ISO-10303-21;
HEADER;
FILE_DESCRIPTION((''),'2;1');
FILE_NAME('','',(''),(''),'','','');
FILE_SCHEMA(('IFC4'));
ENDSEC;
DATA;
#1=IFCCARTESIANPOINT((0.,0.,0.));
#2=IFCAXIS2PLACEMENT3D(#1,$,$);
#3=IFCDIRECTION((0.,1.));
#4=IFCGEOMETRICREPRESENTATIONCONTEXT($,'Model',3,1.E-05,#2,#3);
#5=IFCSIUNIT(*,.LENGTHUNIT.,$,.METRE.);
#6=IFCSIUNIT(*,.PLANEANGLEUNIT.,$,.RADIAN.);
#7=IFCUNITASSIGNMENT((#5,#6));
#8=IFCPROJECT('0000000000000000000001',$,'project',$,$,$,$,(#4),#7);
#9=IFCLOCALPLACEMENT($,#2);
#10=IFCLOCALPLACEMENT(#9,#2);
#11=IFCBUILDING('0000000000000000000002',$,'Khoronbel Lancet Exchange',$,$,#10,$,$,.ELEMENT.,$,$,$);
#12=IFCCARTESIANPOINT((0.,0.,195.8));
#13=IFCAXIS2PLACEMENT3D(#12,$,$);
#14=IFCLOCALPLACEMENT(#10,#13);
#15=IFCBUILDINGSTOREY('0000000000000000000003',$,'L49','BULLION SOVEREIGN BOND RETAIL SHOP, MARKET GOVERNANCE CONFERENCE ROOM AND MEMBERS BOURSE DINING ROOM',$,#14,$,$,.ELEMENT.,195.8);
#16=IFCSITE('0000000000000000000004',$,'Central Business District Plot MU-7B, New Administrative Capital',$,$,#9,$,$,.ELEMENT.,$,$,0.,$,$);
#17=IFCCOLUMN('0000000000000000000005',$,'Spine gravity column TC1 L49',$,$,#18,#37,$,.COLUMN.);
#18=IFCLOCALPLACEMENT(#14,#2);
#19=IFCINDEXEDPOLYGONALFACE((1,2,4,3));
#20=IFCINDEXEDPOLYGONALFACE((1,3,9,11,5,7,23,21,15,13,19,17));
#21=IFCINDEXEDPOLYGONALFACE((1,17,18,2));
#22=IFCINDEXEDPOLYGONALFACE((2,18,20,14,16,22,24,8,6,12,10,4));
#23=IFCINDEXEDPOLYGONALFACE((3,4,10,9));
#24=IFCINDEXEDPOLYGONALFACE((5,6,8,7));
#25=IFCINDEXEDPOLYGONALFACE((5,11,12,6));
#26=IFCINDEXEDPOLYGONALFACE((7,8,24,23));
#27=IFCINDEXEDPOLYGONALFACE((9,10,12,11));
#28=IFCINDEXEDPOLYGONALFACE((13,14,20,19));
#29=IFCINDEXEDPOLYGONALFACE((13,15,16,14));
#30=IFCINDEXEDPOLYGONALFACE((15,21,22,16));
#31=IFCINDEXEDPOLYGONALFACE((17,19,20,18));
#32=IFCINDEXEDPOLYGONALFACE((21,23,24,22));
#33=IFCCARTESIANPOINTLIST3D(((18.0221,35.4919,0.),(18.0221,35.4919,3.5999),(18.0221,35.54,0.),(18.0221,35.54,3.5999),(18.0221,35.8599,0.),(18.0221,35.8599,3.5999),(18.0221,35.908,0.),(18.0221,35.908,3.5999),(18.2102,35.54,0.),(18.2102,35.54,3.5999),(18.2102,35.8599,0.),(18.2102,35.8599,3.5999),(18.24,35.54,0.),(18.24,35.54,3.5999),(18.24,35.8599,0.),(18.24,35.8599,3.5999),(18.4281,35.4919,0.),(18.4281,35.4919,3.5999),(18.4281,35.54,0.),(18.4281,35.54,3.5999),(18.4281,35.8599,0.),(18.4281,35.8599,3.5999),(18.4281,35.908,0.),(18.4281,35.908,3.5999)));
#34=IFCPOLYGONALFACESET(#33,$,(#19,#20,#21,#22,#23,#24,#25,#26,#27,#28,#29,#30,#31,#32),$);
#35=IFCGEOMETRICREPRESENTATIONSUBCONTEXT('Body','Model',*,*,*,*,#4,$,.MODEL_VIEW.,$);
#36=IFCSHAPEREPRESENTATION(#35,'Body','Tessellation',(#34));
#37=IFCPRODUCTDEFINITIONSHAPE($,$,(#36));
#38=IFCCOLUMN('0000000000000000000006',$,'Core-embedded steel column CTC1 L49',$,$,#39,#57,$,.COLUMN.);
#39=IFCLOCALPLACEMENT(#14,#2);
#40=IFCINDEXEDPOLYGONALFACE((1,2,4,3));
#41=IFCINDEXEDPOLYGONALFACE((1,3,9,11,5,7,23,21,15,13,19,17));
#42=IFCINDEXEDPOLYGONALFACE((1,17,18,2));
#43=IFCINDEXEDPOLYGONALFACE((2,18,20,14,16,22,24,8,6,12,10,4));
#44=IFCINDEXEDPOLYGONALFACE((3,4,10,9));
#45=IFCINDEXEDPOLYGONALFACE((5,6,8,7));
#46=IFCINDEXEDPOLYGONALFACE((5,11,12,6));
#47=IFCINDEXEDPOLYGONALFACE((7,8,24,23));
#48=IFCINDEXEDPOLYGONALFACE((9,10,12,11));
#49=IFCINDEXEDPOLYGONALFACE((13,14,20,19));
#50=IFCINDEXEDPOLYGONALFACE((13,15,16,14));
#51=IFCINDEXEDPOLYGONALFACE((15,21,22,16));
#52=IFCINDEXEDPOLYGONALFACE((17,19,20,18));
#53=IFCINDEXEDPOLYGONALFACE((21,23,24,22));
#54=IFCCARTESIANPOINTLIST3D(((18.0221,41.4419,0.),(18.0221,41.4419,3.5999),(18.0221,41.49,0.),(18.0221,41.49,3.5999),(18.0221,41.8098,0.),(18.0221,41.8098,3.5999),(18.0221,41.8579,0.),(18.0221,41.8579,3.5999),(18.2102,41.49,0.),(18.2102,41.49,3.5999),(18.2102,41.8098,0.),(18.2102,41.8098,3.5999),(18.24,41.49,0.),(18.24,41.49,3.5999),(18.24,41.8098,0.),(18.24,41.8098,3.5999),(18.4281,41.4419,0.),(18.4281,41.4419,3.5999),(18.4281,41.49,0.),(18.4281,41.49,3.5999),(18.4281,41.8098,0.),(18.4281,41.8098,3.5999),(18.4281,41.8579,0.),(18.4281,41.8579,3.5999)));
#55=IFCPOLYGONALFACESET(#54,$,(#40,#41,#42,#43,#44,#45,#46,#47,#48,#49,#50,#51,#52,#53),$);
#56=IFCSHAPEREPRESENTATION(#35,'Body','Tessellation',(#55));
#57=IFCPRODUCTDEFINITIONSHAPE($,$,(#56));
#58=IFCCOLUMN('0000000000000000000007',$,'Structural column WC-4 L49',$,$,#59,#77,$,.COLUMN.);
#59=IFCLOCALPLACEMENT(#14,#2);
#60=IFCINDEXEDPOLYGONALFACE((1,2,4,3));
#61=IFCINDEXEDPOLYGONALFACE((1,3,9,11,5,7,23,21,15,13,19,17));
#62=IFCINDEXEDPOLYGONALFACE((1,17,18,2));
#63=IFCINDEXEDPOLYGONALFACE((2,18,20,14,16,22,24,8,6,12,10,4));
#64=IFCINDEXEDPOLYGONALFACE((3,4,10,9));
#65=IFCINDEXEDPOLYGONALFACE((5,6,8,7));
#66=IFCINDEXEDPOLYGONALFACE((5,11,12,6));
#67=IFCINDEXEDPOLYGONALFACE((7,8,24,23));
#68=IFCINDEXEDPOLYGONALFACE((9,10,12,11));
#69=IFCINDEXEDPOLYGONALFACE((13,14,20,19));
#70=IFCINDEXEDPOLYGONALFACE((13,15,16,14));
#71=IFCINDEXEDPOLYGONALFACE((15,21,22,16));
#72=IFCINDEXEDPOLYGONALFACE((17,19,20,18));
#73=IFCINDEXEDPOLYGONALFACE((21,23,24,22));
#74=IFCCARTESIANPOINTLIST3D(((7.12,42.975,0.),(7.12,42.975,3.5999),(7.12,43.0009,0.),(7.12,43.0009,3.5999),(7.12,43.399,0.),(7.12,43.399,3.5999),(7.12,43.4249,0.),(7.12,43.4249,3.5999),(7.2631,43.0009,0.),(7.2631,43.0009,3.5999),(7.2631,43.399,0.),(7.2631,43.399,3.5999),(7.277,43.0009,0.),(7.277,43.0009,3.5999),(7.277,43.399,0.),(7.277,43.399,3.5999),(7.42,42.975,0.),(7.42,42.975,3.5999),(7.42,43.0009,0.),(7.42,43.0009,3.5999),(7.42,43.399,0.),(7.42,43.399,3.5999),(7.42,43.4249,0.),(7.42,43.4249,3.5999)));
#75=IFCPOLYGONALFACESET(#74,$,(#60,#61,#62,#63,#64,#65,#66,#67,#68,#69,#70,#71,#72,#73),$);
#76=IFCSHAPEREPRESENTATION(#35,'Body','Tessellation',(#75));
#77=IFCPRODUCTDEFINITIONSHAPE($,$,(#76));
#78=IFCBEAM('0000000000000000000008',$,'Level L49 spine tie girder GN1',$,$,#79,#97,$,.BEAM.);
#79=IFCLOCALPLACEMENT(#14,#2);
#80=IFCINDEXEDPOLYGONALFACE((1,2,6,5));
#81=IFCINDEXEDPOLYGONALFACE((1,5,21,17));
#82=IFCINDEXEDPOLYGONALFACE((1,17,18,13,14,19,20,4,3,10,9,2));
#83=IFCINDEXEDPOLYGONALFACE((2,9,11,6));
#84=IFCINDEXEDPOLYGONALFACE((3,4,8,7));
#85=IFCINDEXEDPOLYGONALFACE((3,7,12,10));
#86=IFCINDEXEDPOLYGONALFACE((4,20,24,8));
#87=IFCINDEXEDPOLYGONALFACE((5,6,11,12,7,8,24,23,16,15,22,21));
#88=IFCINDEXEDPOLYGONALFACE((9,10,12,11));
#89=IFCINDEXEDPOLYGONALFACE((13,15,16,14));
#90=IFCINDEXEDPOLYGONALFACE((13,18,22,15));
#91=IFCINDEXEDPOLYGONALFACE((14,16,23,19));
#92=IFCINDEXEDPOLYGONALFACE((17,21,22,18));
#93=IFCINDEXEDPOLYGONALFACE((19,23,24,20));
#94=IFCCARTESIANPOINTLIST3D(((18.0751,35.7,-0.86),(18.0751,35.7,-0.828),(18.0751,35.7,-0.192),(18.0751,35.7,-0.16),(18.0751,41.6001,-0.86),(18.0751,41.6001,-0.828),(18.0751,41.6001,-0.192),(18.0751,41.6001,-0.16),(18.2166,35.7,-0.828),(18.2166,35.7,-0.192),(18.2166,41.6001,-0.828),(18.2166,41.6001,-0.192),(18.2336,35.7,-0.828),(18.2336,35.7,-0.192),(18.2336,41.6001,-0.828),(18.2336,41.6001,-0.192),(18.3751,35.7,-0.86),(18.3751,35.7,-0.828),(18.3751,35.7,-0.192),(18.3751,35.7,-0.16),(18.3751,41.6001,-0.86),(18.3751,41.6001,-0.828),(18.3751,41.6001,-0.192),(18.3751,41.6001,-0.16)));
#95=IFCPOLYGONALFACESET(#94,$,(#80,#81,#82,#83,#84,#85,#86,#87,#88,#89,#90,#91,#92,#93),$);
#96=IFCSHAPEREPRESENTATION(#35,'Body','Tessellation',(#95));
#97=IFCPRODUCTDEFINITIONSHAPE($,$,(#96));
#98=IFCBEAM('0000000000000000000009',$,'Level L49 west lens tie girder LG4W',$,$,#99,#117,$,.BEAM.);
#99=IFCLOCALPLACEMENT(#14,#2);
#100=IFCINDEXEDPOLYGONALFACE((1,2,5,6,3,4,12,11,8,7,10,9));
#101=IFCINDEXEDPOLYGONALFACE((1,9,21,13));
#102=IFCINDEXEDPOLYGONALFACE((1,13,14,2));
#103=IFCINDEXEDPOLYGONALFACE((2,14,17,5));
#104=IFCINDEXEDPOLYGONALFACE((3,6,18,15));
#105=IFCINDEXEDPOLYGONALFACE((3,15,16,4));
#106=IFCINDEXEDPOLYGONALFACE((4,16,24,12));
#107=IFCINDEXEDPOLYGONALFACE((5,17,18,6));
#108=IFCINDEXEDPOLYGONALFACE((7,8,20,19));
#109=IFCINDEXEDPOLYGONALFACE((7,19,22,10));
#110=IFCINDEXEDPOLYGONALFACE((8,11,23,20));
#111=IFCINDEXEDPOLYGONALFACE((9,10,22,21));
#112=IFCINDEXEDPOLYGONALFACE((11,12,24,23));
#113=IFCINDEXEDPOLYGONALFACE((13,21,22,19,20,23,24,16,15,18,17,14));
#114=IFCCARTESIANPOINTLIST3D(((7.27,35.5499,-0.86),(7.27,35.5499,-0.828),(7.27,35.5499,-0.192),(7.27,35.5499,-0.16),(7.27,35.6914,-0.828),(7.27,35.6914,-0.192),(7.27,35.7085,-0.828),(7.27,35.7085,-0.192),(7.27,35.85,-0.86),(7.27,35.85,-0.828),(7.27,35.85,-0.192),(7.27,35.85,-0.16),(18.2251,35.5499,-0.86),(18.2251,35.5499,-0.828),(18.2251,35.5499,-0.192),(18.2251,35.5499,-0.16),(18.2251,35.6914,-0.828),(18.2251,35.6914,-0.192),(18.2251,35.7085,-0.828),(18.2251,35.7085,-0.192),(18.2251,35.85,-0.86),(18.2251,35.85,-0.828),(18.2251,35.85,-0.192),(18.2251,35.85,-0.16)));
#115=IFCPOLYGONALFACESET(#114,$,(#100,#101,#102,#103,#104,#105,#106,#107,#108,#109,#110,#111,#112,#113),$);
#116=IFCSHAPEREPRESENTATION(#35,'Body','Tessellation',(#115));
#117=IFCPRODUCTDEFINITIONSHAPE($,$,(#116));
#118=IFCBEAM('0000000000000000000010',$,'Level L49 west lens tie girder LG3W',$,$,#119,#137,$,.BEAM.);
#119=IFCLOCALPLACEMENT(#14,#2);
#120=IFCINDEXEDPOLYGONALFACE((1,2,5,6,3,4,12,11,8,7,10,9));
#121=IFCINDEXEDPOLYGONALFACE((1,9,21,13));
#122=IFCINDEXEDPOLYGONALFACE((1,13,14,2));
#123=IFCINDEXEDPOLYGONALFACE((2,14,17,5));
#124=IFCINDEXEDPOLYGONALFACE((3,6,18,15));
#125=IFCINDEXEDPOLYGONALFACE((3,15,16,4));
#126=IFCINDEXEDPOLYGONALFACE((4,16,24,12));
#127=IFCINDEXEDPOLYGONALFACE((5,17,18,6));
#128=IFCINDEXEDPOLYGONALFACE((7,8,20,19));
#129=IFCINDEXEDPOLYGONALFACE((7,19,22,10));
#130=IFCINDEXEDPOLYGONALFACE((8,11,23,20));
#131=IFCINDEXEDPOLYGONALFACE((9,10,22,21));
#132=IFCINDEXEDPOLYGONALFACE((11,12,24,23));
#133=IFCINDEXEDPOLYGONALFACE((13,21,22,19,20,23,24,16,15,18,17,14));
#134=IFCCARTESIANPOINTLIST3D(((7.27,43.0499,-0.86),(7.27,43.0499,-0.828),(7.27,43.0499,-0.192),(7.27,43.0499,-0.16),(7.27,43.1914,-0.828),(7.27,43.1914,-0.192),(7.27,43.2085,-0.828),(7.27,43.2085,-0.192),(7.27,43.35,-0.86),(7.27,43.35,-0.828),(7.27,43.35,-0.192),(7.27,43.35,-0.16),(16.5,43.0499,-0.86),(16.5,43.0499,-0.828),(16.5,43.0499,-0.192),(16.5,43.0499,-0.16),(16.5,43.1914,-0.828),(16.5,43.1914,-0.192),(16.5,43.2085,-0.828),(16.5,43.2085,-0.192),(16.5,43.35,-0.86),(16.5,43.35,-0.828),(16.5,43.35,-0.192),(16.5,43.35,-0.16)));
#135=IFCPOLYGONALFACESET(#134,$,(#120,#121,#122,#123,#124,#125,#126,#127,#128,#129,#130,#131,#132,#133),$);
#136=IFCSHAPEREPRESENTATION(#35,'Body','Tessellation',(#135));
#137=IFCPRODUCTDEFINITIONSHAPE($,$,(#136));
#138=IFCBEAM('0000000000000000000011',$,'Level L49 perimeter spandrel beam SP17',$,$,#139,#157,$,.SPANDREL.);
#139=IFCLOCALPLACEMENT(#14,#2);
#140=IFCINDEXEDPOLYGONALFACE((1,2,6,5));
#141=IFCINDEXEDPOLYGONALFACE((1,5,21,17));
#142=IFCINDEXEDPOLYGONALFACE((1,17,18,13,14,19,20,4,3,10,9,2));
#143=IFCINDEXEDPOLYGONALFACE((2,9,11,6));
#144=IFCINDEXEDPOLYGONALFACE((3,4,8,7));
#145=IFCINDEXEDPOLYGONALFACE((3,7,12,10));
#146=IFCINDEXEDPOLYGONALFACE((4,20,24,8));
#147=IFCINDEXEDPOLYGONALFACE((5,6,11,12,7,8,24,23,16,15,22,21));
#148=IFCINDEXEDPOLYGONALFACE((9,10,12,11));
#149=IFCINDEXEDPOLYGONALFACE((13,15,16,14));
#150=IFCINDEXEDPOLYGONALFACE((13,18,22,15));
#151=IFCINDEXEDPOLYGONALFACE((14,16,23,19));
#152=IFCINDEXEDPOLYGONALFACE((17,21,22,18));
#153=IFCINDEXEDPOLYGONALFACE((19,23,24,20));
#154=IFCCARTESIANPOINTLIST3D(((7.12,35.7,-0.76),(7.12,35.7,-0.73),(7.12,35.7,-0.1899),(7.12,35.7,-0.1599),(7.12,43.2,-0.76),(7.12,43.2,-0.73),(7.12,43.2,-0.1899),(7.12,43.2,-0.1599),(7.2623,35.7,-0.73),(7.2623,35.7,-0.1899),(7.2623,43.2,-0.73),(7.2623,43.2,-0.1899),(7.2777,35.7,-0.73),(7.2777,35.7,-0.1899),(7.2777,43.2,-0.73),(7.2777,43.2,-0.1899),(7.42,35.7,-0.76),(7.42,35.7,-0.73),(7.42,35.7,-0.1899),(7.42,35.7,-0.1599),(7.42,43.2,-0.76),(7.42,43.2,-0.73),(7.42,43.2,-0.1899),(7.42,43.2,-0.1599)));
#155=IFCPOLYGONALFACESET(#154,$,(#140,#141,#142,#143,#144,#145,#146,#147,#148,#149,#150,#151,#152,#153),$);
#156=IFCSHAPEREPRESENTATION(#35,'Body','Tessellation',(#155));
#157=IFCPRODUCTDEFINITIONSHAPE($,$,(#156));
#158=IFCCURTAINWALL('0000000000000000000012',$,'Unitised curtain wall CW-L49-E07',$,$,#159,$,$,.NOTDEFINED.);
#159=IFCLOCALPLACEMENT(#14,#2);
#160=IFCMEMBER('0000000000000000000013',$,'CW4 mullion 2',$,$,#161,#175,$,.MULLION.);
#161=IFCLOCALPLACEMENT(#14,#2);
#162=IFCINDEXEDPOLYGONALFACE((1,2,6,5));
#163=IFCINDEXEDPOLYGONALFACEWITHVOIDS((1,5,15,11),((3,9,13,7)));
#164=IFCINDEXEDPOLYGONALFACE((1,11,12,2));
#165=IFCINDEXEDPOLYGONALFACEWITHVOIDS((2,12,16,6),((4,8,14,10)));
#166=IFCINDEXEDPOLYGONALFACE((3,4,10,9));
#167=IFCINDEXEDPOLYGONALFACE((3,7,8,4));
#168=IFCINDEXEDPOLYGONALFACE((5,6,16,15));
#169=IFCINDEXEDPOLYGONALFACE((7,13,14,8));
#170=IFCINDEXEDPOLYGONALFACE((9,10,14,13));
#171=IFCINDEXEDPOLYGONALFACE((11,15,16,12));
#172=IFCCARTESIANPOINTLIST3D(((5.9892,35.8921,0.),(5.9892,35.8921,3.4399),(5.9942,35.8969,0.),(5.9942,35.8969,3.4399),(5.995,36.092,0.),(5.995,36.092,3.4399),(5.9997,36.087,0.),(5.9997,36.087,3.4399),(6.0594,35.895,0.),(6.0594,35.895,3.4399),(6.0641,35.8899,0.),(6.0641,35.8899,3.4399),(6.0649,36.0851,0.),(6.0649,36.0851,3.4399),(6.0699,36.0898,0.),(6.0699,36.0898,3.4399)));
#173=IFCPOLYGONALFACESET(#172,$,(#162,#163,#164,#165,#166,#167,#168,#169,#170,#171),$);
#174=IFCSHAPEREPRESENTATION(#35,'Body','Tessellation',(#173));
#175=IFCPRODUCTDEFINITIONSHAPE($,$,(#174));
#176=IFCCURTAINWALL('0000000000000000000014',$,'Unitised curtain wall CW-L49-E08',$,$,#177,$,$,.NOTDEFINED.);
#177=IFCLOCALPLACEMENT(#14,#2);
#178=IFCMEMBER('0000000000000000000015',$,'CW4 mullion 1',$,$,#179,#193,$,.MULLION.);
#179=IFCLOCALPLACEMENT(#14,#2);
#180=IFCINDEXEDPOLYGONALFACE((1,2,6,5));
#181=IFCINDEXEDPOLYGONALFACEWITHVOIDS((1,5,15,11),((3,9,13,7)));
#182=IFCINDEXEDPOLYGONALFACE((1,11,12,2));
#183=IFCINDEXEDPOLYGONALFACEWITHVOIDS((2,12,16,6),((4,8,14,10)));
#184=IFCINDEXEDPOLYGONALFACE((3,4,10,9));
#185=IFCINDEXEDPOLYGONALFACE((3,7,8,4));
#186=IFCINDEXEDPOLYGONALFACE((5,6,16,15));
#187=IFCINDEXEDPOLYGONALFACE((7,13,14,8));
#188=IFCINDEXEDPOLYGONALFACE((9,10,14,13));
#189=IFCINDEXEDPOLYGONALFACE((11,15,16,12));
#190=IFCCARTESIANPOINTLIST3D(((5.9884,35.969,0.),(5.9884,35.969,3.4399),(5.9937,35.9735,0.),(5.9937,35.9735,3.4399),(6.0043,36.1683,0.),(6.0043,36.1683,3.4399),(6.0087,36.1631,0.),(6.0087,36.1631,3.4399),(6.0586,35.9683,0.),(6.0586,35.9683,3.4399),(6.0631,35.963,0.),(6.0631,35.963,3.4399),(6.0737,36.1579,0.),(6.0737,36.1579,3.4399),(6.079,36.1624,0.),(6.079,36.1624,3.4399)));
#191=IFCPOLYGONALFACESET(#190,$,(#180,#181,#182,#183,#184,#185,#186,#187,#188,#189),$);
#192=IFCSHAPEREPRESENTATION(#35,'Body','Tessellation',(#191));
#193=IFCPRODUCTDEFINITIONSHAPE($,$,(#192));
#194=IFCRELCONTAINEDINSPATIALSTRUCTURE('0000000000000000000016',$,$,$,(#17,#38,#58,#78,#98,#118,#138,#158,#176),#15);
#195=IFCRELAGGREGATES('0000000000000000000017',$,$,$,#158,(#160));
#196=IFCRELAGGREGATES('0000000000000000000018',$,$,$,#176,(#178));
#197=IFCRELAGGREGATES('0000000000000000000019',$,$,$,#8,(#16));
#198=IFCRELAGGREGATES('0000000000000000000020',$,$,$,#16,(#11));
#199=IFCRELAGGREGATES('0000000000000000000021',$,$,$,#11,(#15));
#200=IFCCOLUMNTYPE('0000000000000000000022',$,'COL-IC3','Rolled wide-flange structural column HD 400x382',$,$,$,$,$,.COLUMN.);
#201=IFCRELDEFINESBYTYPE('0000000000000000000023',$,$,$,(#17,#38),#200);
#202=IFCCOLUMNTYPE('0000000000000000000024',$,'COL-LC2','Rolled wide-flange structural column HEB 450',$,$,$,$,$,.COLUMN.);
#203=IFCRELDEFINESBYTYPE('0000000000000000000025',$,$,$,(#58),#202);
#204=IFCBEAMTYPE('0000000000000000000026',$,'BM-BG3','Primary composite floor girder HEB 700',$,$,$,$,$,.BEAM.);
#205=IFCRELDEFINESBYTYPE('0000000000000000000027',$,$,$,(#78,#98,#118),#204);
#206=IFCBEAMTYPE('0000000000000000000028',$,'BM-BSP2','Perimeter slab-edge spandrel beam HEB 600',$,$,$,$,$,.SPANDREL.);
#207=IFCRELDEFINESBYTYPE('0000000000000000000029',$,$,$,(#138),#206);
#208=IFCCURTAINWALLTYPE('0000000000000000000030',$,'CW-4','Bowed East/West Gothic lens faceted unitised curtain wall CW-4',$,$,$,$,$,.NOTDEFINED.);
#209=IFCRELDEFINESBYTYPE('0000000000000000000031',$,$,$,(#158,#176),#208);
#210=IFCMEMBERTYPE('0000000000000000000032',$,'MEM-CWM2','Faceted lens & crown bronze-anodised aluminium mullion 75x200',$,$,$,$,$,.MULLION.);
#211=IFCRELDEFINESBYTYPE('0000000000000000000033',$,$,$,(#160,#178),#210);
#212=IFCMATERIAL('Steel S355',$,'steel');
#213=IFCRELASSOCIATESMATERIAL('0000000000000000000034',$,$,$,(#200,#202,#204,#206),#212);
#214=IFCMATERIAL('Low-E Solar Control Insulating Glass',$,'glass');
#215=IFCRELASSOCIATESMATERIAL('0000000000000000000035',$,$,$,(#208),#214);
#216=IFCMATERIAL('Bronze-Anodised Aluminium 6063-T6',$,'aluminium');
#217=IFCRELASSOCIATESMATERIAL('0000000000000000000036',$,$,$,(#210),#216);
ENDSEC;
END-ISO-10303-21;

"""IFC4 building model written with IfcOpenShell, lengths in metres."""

from ifc_helpers import new_model, si_unit, direction, frame, origin, origin_2d, place, context, subcontext, project, spatial, hollow_rectangle, i_section, extrude, material, material_profile, profile_set, type_object, element, aggregate, save


model = new_model("IFC4")

# Units and contexts
model_context = context("Model", 3, precision=1e-05, world=origin(), true_north=direction((0.0, 1.0)))
body_context = subcontext(model_context, "Body", "Model", "MODEL_VIEW")
ifc_project = project(units=[si_unit("LENGTHUNIT", "METRE"), si_unit("PLANEANGLEUNIT", "RADIAN")], contexts=[model_context])

# Site, building, storey
site_placement = place(None, origin())
site = spatial("IfcSite", under=ifc_project, at=site_placement, Name="Central Business District Plot MU-7B, New Administrative Capital", CompositionType="ELEMENT", RefElevation=0.0)
building_placement = place(site_placement, origin())
building = spatial("IfcBuilding", under=site, at=building_placement, Name="Khoronbel Lancet Exchange", CompositionType="ELEMENT")
storey_placement = place(building_placement, frame((0.0, 0.0, 195.8)))
storey = spatial("IfcBuildingStorey", under=building, at=storey_placement, Name="L49", Description="BULLION SOVEREIGN BOND RETAIL SHOP, MARKET GOVERNANCE CONFERENCE ROOM AND MEMBERS BOURSE DINING ROOM", CompositionType="ELEMENT", Elevation=195.8)

# Columns
ifc_material_1 = material(Name="Steel S355", Category="steel")
ifc_material_profile_1 = material_profile(ifc_material_1, i_section(OverallWidth=0.406, OverallDepth=0.416, WebThickness=0.0298, FlangeThickness=0.0481, at=origin_2d()), Name="HD 400x382")
ifc_profile_set_1 = profile_set([ifc_material_profile_1], Name="Steel S355")
column_type_1 = type_object("IfcColumnType", Name="COL-IC3", Description="Rolled wide-flange structural column HD 400x382", PredefinedType="COLUMN", material=ifc_profile_set_1)
for number, where, z_axis, x_axis, name in (
    (1, (18.2251, 35.7, 0.0), (0.0, 0.0, 1.0), (1.0, 0.0, 0.0), "Spine gravity column TC1 L49"),
    (2, (18.2251, 41.6499, 0.0), (0.0, 0.0, 1.0), (1.0, 0.0, 0.0), "Core-embedded steel column CTC1 L49"),
):
    element("IfcColumn", number, at=place(storey_placement, frame(where, z_axis=z_axis, x_axis=x_axis)), inside=storey, type_object=column_type_1, Name=name, PredefinedType="COLUMN", context=body_context, shape_type="SweptSolid", body=[
        extrude(i_section(OverallWidth=0.406, OverallDepth=0.416, WebThickness=0.0298, FlangeThickness=0.0481, at=origin_2d()), origin(), (0.0, 0.0, 1.0), 3.5999),
    ])
ifc_material_profile_2 = material_profile(ifc_material_1, i_section(OverallWidth=0.3, OverallDepth=0.45, WebThickness=0.0139, FlangeThickness=0.0259, at=origin_2d()), Name="HEB 450")
ifc_profile_set_2 = profile_set([ifc_material_profile_2], Name="Steel S355")
column_type_2 = type_object("IfcColumnType", Name="COL-LC2", Description="Rolled wide-flange structural column HEB 450", PredefinedType="COLUMN", material=ifc_profile_set_2)
column_placement = place(storey_placement, frame((7.27, 43.2, 0.0), z_axis=(0.0, 0.0, 1.0), x_axis=(1.0, 0.0, 0.0)))
element("IfcColumn", 3, at=column_placement, inside=storey, type_object=column_type_2, Name="Structural column WC-4 L49", PredefinedType="COLUMN", context=body_context, shape_type="SweptSolid", body=[
    extrude(i_section(OverallWidth=0.3, OverallDepth=0.45, WebThickness=0.0139, FlangeThickness=0.0259, at=origin_2d()), origin(), (0.0, 0.0, 1.0), 3.5999),
])

# Beams
ifc_material_profile_3 = material_profile(ifc_material_1, i_section(OverallWidth=0.3, OverallDepth=0.7, WebThickness=0.0171, FlangeThickness=0.032, at=origin_2d()), Name="HEB 700")
ifc_profile_set_3 = profile_set([ifc_material_profile_3], Name="Steel S355")
beam_type_1 = type_object("IfcBeamType", Name="BM-BG3", Description="Primary composite floor girder HEB 700", PredefinedType="BEAM", material=ifc_profile_set_3)
beam_1_placement = place(storey_placement, frame((18.2251, 35.7, -0.51), z_axis=(0.0, 1.0, 0.0), x_axis=(-1.0, 0.0, 0.0)))
element("IfcBeam", 4, at=beam_1_placement, inside=storey, type_object=beam_type_1, Name="Level L49 spine tie girder GN1", PredefinedType="BEAM", context=body_context, shape_type="SweptSolid", body=[
    extrude(i_section(OverallWidth=0.3, OverallDepth=0.7, WebThickness=0.0171, FlangeThickness=0.032, at=origin_2d()), origin(), (0.0, 0.0, 1.0), 5.9001),
])
beam_2_placement = place(storey_placement, frame((7.27, 35.7, -0.51), z_axis=(1.0, 0.0, 0.0), x_axis=(0.0, 1.0, 0.0)))
element("IfcBeam", 5, at=beam_2_placement, inside=storey, type_object=beam_type_1, Name="Level L49 west lens tie girder LG4W", PredefinedType="BEAM", context=body_context, shape_type="SweptSolid", body=[
    extrude(i_section(OverallWidth=0.3, OverallDepth=0.7, WebThickness=0.0171, FlangeThickness=0.032, at=origin_2d()), origin(), (0.0, 0.0, 1.0), 10.9551),
])
beam_3_placement = place(storey_placement, frame((7.27, 43.2, -0.51), z_axis=(1.0, 0.0, 0.0), x_axis=(0.0, 1.0, 0.0)))
element("IfcBeam", 6, at=beam_3_placement, inside=storey, type_object=beam_type_1, Name="Level L49 west lens tie girder LG3W", PredefinedType="BEAM", context=body_context, shape_type="SweptSolid", body=[
    extrude(i_section(OverallWidth=0.3, OverallDepth=0.7, WebThickness=0.0171, FlangeThickness=0.032, at=origin_2d()), origin(), (0.0, 0.0, 1.0), 9.23),
])
ifc_material_profile_4 = material_profile(ifc_material_1, i_section(OverallWidth=0.3, OverallDepth=0.6001, WebThickness=0.0154, FlangeThickness=0.03, at=origin_2d()), Name="HEB 600")
ifc_profile_set_4 = profile_set([ifc_material_profile_4], Name="Steel S355")
beam_type_2 = type_object("IfcBeamType", Name="BM-BSP2", Description="Perimeter slab-edge spandrel beam HEB 600", PredefinedType="SPANDREL", material=ifc_profile_set_4)
beam_4_placement = place(storey_placement, frame((7.27, 43.2, -0.46), z_axis=(0.0, -1.0, 0.0), x_axis=(1.0, 0.0, 0.0)))
element("IfcBeam", 7, at=beam_4_placement, inside=storey, type_object=beam_type_2, Name="Level L49 perimeter spandrel beam SP17", PredefinedType="SPANDREL", context=body_context, shape_type="SweptSolid", body=[
    extrude(i_section(OverallWidth=0.3, OverallDepth=0.6001, WebThickness=0.0154, FlangeThickness=0.03, at=origin_2d()), origin(), (0.0, 0.0, 1.0), 7.5),
])

# Curtain wall, member
ifc_material_2 = material(Name="Low-E Solar Control Insulating Glass", Category="glass")
curtain_wall_type = type_object("IfcCurtainWallType", Name="CW-4", Description="Bowed East/West Gothic lens faceted unitised curtain wall CW-4", PredefinedType="NOTDEFINED", material=ifc_material_2)
curtain_wall_1_placement = place(storey_placement, origin())
curtain_wall_1 = element("IfcCurtainWall", 8, at=curtain_wall_1_placement, inside=storey, type_object=curtain_wall_type, Name="Unitised curtain wall CW-L49-E07", PredefinedType="NOTDEFINED")
ifc_material_3 = material(Name="Bronze-Anodised Aluminium 6063-T6", Category="aluminium")
ifc_material_profile_5 = material_profile(ifc_material_3, hollow_rectangle(XDim=0.075, YDim=0.2, WallThickness=0.0049, at=origin_2d()), Name="ALU MULLION 75x200")
ifc_profile_set_5 = profile_set([ifc_material_profile_5], Name="Bronze-Anodised Aluminium 6063-T6")
member_type_1 = type_object("IfcMemberType", Name="MEM-CWM2", Description="Faceted lens & crown bronze-anodised aluminium mullion 75x200", PredefinedType="MULLION", material=ifc_profile_set_5)
member_1_placement = place(storey_placement, frame((6.0295, 35.991, 0.0), z_axis=(0.0, 0.0, 1.0), x_axis=(-0.999576, 0.029107, 0.0)))
member_1 = element("IfcMember", 9, at=member_1_placement, type_object=member_type_1, Name="CW4 mullion 2", PredefinedType="MULLION", context=body_context, shape_type="SweptSolid", body=[
    extrude(hollow_rectangle(XDim=0.075, YDim=0.2, WallThickness=0.0049, at=origin_2d()), origin(), (0.0, 0.0, 1.0), 3.4399),
])
aggregate(curtain_wall_1, [member_1])

# Curtain wall, member
curtain_wall_2_placement = place(storey_placement, origin())
curtain_wall_2 = element("IfcCurtainWall", 10, at=curtain_wall_2_placement, inside=storey, type_object=curtain_wall_type, Name="Unitised curtain wall CW-L49-E08", PredefinedType="NOTDEFINED")
member_2_placement = place(storey_placement, frame((6.0337, 36.0657, 0.0), z_axis=(0.0, 0.0, 1.0), x_axis=(-0.996854, 0.079255, 0.0)))
member_2 = element("IfcMember", 11, at=member_2_placement, type_object=member_type_1, Name="CW4 mullion 1", PredefinedType="MULLION", context=body_context, shape_type="SweptSolid", body=[
    extrude(hollow_rectangle(XDim=0.075, YDim=0.2, WallThickness=0.0049, at=origin_2d()), origin(), (0.0, 0.0, 1.0), 3.4399),
])

aggregate(curtain_wall_2, [member_2])

save(model, "model.ifc")
